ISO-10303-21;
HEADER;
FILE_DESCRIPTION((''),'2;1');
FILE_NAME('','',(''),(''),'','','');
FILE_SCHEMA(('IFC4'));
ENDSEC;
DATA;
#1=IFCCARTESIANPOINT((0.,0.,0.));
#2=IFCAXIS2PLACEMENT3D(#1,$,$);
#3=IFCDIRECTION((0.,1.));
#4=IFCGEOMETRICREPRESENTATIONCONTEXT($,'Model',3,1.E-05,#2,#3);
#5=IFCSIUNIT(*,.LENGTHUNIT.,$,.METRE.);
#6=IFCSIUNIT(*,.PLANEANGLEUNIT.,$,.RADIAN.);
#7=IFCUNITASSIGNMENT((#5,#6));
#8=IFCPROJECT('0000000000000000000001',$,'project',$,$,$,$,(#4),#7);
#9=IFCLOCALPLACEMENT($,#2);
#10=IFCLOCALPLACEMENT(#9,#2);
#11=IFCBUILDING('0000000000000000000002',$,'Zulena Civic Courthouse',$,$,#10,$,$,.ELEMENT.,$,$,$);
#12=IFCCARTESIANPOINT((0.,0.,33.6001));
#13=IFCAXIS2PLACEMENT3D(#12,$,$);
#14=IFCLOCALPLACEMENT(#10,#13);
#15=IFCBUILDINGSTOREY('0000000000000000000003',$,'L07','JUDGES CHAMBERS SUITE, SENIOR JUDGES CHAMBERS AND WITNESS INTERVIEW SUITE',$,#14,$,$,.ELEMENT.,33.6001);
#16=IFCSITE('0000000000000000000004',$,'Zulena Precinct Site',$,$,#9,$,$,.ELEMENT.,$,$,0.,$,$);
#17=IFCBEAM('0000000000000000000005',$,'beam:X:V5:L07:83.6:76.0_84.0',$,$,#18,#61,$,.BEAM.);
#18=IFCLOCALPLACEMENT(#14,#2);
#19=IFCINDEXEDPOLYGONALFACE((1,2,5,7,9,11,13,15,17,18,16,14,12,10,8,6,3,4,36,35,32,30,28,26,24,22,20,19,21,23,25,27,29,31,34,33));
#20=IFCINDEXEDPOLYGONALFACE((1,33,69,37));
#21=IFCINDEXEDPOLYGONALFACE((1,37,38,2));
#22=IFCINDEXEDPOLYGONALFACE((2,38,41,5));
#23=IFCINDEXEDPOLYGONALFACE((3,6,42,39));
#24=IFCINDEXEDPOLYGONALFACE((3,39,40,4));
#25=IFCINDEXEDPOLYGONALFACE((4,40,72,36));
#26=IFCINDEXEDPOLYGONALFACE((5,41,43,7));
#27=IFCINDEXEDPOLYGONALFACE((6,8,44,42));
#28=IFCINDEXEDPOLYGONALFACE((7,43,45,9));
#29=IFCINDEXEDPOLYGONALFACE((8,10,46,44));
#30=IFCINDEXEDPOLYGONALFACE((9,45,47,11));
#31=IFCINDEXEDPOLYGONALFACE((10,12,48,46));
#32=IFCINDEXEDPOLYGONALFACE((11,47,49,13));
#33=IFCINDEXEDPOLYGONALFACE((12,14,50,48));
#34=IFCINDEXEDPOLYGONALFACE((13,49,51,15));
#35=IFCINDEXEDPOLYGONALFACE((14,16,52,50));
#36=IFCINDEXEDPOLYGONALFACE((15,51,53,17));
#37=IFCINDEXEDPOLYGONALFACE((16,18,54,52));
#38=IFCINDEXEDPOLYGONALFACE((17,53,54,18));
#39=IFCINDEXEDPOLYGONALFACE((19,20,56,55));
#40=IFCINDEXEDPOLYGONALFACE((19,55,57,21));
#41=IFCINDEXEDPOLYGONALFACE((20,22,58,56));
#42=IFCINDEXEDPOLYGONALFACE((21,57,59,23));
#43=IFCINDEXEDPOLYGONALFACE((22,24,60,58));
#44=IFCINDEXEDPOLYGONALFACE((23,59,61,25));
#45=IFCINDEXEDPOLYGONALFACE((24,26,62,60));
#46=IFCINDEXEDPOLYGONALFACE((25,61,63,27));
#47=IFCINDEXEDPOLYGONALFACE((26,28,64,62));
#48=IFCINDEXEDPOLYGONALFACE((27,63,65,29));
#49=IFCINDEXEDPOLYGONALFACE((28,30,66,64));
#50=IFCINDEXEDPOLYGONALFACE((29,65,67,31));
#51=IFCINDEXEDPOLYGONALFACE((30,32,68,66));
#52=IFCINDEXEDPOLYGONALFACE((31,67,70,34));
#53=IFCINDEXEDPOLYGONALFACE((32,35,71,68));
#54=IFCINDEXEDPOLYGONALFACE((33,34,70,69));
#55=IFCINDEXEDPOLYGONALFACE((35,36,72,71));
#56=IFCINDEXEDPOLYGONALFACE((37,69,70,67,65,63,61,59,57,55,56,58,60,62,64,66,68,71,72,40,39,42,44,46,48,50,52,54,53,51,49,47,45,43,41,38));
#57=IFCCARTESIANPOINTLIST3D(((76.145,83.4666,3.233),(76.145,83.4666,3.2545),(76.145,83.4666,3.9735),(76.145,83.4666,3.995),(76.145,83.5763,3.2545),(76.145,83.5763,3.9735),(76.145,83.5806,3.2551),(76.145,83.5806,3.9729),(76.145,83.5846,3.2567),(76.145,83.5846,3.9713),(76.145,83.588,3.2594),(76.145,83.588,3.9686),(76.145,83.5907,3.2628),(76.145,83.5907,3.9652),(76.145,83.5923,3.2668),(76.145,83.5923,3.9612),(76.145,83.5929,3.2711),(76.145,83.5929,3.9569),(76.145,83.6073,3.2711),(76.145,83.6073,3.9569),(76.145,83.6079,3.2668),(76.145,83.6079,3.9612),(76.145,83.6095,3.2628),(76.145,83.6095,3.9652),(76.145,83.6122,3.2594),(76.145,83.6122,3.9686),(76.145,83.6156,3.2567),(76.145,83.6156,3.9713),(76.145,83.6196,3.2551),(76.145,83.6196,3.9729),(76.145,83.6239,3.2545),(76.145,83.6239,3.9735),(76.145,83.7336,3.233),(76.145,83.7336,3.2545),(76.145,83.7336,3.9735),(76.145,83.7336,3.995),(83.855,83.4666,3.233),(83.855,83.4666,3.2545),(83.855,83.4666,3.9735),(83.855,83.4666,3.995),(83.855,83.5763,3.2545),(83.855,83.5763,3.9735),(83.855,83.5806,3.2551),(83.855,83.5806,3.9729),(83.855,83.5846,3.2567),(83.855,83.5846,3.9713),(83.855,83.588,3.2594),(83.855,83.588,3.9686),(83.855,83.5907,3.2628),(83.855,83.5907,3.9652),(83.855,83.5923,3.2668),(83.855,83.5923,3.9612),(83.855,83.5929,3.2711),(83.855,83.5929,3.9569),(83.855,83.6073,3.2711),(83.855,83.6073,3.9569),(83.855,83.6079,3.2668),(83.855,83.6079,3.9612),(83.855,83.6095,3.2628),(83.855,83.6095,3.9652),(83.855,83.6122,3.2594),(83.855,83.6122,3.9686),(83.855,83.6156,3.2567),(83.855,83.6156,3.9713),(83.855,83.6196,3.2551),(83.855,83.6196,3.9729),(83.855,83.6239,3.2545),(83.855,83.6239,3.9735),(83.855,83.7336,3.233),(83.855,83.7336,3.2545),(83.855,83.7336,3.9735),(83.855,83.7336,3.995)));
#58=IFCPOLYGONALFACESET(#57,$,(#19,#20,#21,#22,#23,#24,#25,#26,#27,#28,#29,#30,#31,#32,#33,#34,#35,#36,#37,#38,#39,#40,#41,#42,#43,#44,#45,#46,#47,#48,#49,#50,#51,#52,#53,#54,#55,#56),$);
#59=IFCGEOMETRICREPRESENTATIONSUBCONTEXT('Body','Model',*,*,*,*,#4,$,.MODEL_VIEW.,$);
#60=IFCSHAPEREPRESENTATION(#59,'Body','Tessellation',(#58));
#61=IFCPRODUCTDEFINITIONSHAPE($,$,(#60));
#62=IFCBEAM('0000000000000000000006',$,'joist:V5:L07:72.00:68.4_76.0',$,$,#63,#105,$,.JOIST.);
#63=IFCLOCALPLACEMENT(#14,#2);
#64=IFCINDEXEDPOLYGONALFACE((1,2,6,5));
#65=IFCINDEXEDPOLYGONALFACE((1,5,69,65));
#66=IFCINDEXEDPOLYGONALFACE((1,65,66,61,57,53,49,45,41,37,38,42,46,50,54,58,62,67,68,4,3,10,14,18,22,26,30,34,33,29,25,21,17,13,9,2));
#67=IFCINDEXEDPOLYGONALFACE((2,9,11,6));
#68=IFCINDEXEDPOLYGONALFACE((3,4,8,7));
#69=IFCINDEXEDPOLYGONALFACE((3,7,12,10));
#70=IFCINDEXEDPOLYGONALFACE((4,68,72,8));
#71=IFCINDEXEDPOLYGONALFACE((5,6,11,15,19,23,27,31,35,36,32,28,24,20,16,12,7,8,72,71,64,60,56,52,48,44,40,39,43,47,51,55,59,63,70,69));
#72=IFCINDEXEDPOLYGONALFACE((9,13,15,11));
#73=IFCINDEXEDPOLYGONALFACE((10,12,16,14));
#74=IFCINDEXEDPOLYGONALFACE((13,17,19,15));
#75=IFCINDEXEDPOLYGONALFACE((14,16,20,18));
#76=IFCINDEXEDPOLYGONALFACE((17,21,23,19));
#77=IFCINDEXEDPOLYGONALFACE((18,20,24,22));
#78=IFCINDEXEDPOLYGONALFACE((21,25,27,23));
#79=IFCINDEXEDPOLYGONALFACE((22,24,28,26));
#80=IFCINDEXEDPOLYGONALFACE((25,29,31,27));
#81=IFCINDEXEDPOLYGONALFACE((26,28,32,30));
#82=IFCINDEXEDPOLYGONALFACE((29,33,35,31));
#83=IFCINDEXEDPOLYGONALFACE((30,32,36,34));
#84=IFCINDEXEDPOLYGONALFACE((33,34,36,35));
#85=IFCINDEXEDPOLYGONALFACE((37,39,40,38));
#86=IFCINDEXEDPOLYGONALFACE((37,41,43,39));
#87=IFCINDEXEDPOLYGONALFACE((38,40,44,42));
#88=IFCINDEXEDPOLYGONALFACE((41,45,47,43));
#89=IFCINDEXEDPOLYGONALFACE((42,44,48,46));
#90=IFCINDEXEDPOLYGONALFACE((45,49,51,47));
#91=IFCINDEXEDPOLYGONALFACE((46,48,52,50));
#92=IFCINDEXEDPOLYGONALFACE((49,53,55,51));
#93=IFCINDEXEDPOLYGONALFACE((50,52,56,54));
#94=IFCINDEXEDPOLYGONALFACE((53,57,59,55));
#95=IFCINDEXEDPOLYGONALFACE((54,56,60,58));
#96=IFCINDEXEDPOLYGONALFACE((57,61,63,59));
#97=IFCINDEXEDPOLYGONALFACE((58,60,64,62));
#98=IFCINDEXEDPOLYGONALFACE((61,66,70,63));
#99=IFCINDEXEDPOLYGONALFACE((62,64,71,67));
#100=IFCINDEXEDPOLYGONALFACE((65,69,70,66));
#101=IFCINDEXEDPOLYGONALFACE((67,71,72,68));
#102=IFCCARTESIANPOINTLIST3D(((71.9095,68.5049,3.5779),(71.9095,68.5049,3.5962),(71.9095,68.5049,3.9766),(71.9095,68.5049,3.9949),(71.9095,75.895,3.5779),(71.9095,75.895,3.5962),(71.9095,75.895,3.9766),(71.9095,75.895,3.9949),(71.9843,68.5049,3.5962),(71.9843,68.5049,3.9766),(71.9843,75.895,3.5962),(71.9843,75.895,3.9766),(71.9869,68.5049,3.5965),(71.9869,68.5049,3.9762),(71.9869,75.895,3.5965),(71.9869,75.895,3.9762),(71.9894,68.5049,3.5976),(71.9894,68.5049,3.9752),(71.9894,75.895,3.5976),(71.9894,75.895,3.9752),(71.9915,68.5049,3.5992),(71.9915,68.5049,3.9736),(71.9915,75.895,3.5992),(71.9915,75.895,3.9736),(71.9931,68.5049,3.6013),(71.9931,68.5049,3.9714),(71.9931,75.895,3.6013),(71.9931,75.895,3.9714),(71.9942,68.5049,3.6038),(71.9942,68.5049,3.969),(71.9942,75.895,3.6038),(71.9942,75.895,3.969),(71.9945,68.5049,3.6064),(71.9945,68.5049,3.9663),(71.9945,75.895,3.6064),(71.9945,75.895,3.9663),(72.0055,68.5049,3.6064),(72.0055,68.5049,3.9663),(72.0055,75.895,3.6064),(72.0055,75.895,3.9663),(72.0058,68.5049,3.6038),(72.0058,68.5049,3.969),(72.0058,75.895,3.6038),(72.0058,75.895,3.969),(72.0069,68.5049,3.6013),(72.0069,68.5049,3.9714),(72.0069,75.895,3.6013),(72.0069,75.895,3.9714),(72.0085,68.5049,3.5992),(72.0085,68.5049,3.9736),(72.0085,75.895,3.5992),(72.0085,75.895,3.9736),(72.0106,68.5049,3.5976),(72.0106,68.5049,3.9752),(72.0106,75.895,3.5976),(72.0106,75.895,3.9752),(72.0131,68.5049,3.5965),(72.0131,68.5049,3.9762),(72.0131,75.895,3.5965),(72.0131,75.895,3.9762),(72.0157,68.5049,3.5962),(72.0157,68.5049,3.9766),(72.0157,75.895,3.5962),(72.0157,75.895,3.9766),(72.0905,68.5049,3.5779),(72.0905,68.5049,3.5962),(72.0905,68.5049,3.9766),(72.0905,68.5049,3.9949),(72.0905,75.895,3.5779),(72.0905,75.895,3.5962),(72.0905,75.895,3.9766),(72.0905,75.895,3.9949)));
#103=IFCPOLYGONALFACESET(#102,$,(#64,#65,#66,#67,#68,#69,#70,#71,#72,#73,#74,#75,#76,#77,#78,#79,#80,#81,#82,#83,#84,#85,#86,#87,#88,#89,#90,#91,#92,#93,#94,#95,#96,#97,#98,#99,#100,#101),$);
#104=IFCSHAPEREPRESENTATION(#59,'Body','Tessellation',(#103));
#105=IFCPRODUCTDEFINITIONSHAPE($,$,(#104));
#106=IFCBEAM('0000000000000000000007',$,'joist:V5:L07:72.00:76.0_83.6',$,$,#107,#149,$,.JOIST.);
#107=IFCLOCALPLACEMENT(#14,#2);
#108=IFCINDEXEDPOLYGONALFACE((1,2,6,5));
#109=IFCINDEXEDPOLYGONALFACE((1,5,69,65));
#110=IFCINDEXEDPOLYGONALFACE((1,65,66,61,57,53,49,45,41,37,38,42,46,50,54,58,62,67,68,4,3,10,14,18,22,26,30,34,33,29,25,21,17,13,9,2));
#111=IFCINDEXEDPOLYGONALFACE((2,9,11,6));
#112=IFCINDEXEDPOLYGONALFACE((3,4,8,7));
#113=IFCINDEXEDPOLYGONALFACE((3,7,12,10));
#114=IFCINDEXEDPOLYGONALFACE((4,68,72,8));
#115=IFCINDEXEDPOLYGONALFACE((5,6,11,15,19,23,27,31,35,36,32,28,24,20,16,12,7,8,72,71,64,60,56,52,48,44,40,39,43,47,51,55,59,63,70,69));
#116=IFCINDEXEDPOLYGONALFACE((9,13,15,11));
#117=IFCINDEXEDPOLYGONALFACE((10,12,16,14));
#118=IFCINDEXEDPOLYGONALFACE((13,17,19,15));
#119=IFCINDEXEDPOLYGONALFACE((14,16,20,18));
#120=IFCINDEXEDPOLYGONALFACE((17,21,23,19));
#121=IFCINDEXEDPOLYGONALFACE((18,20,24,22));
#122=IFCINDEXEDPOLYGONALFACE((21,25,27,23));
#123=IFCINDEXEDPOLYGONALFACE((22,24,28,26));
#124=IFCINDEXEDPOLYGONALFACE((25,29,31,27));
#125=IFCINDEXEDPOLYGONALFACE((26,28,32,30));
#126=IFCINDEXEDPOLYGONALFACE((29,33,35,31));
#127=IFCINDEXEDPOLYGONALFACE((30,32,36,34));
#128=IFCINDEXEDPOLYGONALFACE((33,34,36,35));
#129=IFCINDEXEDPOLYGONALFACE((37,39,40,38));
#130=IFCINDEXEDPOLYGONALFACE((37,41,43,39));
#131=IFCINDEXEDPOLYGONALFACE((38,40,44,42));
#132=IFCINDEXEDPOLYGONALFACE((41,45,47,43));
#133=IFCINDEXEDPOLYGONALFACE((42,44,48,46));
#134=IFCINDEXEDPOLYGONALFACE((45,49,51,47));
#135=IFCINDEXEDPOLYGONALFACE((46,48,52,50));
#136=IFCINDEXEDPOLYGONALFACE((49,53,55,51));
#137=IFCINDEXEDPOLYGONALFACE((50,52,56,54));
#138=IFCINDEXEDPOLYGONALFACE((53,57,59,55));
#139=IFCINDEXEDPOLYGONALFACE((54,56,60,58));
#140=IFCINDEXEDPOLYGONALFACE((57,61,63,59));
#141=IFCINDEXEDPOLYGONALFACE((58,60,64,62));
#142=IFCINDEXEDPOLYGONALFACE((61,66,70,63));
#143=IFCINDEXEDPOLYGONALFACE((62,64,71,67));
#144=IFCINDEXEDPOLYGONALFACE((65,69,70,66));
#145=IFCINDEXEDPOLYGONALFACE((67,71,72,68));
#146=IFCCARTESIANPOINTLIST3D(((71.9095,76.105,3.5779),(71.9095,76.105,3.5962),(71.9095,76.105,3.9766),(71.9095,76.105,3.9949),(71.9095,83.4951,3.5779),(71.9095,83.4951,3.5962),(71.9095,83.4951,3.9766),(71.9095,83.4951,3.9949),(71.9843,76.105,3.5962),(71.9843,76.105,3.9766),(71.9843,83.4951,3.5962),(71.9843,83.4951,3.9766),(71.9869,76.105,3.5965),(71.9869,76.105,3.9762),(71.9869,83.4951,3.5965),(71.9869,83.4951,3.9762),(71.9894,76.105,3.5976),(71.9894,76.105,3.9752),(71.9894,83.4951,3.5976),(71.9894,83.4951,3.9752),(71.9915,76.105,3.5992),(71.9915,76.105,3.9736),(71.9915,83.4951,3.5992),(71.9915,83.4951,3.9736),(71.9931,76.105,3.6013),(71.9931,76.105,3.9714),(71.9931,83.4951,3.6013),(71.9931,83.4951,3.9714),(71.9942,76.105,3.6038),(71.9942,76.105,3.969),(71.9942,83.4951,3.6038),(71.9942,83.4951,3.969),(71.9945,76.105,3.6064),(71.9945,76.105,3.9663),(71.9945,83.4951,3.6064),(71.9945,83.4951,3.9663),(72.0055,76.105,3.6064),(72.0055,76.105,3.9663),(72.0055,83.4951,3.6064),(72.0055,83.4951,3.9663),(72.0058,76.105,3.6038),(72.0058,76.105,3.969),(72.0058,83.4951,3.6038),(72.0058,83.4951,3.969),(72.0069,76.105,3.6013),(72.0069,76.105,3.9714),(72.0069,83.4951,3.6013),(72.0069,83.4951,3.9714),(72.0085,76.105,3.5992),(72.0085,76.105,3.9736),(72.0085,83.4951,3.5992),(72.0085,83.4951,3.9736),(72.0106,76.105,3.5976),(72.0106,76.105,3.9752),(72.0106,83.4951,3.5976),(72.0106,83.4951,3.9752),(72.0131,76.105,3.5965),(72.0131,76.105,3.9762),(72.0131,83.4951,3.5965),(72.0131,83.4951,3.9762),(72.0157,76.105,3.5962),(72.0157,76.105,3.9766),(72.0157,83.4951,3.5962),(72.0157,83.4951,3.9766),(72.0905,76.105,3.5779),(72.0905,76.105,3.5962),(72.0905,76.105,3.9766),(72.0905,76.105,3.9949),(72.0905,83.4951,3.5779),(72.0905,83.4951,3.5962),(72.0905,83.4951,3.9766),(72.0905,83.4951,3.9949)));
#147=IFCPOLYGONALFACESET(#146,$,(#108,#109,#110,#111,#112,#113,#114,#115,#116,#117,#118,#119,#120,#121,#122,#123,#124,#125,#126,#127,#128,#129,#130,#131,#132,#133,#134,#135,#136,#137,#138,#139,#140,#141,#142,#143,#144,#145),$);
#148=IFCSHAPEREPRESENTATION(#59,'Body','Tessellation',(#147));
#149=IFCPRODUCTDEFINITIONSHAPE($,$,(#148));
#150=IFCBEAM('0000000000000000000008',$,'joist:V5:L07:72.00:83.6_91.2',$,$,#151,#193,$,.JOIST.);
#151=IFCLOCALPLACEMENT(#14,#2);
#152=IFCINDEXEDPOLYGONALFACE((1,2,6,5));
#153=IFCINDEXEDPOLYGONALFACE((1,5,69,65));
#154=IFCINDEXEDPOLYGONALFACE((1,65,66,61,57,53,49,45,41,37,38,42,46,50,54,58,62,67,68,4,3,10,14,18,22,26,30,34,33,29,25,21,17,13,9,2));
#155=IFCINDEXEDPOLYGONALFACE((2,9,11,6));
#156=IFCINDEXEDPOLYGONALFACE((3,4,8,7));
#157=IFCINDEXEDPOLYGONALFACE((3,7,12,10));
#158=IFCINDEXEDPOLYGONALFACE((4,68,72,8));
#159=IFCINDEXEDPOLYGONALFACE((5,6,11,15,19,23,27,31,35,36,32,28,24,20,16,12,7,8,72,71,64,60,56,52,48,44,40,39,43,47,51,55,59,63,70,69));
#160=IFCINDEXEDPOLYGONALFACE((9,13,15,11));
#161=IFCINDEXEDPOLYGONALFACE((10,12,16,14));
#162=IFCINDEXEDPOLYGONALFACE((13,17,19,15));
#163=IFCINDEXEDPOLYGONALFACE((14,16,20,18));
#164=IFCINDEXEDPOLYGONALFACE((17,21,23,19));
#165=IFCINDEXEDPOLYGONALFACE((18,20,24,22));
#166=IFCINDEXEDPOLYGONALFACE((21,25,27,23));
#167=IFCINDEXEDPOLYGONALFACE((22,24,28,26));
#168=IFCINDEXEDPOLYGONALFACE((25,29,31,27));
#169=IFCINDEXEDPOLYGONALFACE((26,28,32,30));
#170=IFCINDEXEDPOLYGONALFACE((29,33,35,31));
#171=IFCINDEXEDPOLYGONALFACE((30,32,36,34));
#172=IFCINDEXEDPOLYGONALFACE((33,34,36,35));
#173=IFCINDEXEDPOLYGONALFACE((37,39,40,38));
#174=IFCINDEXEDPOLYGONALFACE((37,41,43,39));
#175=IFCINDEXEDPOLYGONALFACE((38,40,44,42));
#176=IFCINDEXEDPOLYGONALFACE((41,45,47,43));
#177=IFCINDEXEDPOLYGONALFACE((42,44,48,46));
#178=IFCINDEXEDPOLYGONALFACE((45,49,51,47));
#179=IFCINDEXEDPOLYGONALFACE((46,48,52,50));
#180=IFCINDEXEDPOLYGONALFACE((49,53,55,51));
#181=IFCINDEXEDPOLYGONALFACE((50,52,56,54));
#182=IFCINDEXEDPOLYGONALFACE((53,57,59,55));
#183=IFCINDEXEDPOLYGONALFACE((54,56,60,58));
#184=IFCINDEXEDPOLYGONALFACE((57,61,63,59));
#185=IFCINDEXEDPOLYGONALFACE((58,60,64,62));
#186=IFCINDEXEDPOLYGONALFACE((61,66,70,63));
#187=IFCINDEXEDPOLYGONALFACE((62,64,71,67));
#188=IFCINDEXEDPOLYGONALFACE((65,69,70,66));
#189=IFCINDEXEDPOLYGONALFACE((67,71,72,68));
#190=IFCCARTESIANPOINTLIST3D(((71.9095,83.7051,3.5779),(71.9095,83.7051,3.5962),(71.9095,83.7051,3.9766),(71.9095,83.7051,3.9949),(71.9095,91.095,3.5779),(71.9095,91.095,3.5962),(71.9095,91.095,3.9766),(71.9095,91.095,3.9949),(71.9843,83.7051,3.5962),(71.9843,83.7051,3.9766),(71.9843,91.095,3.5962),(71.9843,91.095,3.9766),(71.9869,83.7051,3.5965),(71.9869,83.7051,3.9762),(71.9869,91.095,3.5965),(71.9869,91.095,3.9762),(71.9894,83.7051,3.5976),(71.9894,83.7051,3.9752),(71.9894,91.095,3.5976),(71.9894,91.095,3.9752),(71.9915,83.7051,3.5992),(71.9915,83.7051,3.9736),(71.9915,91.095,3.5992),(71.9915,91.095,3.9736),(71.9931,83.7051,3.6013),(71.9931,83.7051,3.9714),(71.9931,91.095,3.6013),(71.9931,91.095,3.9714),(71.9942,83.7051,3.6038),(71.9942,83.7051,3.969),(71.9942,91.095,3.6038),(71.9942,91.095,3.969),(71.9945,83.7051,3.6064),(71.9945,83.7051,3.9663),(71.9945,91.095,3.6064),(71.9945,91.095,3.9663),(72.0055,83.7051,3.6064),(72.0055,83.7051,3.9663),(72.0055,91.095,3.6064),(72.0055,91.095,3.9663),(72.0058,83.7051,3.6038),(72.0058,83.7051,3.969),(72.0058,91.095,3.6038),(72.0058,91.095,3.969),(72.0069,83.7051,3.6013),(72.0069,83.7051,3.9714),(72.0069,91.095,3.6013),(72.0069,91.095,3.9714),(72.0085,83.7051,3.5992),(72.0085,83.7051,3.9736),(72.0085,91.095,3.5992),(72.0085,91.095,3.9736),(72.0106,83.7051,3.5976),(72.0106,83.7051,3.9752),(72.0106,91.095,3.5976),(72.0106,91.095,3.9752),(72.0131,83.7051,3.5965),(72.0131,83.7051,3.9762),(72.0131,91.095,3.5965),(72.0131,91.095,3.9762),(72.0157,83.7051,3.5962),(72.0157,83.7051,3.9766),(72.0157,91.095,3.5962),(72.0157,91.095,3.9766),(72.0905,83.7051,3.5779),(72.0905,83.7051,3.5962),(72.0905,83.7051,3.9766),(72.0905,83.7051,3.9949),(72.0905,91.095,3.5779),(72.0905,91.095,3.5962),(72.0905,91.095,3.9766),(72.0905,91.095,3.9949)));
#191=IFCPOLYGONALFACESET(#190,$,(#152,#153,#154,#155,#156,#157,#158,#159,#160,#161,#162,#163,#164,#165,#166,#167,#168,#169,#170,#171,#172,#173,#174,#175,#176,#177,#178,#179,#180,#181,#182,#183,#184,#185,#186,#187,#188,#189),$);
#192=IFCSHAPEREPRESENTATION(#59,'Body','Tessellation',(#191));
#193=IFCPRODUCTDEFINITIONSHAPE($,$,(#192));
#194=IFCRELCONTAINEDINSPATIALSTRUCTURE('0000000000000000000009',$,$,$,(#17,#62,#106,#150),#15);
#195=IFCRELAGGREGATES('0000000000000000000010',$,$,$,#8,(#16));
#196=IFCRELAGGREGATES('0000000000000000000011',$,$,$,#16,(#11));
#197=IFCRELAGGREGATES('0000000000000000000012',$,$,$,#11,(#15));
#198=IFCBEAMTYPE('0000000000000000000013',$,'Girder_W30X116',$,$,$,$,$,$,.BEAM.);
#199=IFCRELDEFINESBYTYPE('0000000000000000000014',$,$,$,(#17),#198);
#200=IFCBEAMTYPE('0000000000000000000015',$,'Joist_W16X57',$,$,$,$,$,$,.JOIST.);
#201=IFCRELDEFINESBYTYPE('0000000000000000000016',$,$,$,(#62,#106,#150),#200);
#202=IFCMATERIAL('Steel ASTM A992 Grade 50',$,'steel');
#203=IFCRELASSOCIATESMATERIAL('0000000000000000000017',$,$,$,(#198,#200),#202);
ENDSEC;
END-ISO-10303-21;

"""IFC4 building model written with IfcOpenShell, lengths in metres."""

from ifc_helpers import new_model, si_unit, direction, frame, origin, origin_2d, place, context, subcontext, project, spatial, i_section, extrude, material, material_profile, profile_set, type_object, element, save


model = new_model("IFC4")

# Units and contexts
model_context = context("Model", 3, precision=1e-05, world=origin(), true_north=direction((0.0, 1.0)))
body_context = subcontext(model_context, "Body", "Model", "MODEL_VIEW")
ifc_project = project(units=[si_unit("LENGTHUNIT", "METRE"), si_unit("PLANEANGLEUNIT", "RADIAN")], contexts=[model_context])

# Site, building, storey
site_placement = place(None, origin())
site = spatial("IfcSite", under=ifc_project, at=site_placement, Name="Zulena Precinct Site", CompositionType="ELEMENT", RefElevation=0.0)
building_placement = place(site_placement, origin())
building = spatial("IfcBuilding", under=site, at=building_placement, Name="Zulena Civic Courthouse", CompositionType="ELEMENT")
storey_placement = place(building_placement, frame((0.0, 0.0, 33.6001)))
storey = spatial("IfcBuildingStorey", under=building, at=storey_placement, Name="L07", Description="JUDGES CHAMBERS SUITE, SENIOR JUDGES CHAMBERS AND WITNESS INTERVIEW SUITE", CompositionType="ELEMENT", Elevation=33.6001)

# Shared definitions
ifc_material_1 = material(Name="Steel ASTM A992 Grade 50", Category="steel")

# Beams
ifc_material_profile_1 = material_profile(ifc_material_1, i_section(OverallWidth=0.2671, OverallDepth=0.762, WebThickness=0.0144, FlangeThickness=0.0215, FilletRadius=0.0166, at=origin_2d()), Name="W30X116")
ifc_profile_set_1 = profile_set([ifc_material_profile_1], Name="Steel ASTM A992 Grade 50")
beam_type_1 = type_object("IfcBeamType", Name="Girder_W30X116", PredefinedType="BEAM", material=ifc_profile_set_1)
for number, where, z_axis, x_axis, name in (
    (1, (76.145, 83.6001, 3.614), (1.0, 0.0, 0.0), (0.0, 1.0, 0.0), "beam:X:V5:L07:83.6:76.0_84.0"),
):
    element("IfcBeam", number, at=place(storey_placement, frame(where, z_axis=z_axis, x_axis=x_axis)), inside=storey, type_object=beam_type_1, Name=name, PredefinedType="BEAM", context=body_context, shape_type="SweptSolid", body=[
        extrude(i_section(OverallWidth=0.2671, OverallDepth=0.762, WebThickness=0.0144, FlangeThickness=0.0215, FilletRadius=0.0166, at=origin_2d()), origin(), (0.0, 0.0, 1.0), 7.71),
    ])
ifc_material_profile_2 = material_profile(ifc_material_1, i_section(OverallWidth=0.1809, OverallDepth=0.417, WebThickness=0.011, FlangeThickness=0.0183, FilletRadius=0.0103, at=origin_2d()), Name="W16X57")
ifc_profile_set_2 = profile_set([ifc_material_profile_2], Name="Steel ASTM A992 Grade 50")
beam_type_2 = type_object("IfcBeamType", Name="Joist_W16X57", PredefinedType="JOIST", material=ifc_profile_set_2)
for number, where, z_axis, x_axis, name in (
    (2, (72.0, 68.5049, 3.7864), (0.0, 1.0, 0.0), (-1.0, 0.0, 0.0), "joist:V5:L07:72.00:68.4_76.0"),
    (3, (72.0, 76.105, 3.7864), (0.0, 1.0, 0.0), (-1.0, 0.0, 0.0), "joist:V5:L07:72.00:76.0_83.6"),
):
    element("IfcBeam", number, at=place(storey_placement, frame(where, z_axis=z_axis, x_axis=x_axis)), inside=storey, type_object=beam_type_2, Name=name, PredefinedType="JOIST", context=body_context, shape_type="SweptSolid", body=[
        extrude(i_section(OverallWidth=0.1809, OverallDepth=0.417, WebThickness=0.011, FlangeThickness=0.0183, FilletRadius=0.0103, at=origin_2d()), origin(), (0.0, 0.0, 1.0), 7.3901),
    ])
beam_1_placement = place(storey_placement, frame((72.0, 83.7051, 3.7864), z_axis=(0.0, 1.0, 0.0), x_axis=(-1.0, 0.0, 0.0)))
element("IfcBeam", 4, at=beam_1_placement, inside=storey, type_object=beam_type_2, Name="joist:V5:L07:72.00:83.6_91.2", PredefinedType="JOIST", context=body_context, shape_type="SweptSolid", body=[
    extrude(i_section(OverallWidth=0.1809, OverallDepth=0.417, WebThickness=0.011, FlangeThickness=0.0183, FilletRadius=0.0103, at=origin_2d()), origin(), (0.0, 0.0, 1.0), 7.3899),
])

save(model, "model.ifc")
